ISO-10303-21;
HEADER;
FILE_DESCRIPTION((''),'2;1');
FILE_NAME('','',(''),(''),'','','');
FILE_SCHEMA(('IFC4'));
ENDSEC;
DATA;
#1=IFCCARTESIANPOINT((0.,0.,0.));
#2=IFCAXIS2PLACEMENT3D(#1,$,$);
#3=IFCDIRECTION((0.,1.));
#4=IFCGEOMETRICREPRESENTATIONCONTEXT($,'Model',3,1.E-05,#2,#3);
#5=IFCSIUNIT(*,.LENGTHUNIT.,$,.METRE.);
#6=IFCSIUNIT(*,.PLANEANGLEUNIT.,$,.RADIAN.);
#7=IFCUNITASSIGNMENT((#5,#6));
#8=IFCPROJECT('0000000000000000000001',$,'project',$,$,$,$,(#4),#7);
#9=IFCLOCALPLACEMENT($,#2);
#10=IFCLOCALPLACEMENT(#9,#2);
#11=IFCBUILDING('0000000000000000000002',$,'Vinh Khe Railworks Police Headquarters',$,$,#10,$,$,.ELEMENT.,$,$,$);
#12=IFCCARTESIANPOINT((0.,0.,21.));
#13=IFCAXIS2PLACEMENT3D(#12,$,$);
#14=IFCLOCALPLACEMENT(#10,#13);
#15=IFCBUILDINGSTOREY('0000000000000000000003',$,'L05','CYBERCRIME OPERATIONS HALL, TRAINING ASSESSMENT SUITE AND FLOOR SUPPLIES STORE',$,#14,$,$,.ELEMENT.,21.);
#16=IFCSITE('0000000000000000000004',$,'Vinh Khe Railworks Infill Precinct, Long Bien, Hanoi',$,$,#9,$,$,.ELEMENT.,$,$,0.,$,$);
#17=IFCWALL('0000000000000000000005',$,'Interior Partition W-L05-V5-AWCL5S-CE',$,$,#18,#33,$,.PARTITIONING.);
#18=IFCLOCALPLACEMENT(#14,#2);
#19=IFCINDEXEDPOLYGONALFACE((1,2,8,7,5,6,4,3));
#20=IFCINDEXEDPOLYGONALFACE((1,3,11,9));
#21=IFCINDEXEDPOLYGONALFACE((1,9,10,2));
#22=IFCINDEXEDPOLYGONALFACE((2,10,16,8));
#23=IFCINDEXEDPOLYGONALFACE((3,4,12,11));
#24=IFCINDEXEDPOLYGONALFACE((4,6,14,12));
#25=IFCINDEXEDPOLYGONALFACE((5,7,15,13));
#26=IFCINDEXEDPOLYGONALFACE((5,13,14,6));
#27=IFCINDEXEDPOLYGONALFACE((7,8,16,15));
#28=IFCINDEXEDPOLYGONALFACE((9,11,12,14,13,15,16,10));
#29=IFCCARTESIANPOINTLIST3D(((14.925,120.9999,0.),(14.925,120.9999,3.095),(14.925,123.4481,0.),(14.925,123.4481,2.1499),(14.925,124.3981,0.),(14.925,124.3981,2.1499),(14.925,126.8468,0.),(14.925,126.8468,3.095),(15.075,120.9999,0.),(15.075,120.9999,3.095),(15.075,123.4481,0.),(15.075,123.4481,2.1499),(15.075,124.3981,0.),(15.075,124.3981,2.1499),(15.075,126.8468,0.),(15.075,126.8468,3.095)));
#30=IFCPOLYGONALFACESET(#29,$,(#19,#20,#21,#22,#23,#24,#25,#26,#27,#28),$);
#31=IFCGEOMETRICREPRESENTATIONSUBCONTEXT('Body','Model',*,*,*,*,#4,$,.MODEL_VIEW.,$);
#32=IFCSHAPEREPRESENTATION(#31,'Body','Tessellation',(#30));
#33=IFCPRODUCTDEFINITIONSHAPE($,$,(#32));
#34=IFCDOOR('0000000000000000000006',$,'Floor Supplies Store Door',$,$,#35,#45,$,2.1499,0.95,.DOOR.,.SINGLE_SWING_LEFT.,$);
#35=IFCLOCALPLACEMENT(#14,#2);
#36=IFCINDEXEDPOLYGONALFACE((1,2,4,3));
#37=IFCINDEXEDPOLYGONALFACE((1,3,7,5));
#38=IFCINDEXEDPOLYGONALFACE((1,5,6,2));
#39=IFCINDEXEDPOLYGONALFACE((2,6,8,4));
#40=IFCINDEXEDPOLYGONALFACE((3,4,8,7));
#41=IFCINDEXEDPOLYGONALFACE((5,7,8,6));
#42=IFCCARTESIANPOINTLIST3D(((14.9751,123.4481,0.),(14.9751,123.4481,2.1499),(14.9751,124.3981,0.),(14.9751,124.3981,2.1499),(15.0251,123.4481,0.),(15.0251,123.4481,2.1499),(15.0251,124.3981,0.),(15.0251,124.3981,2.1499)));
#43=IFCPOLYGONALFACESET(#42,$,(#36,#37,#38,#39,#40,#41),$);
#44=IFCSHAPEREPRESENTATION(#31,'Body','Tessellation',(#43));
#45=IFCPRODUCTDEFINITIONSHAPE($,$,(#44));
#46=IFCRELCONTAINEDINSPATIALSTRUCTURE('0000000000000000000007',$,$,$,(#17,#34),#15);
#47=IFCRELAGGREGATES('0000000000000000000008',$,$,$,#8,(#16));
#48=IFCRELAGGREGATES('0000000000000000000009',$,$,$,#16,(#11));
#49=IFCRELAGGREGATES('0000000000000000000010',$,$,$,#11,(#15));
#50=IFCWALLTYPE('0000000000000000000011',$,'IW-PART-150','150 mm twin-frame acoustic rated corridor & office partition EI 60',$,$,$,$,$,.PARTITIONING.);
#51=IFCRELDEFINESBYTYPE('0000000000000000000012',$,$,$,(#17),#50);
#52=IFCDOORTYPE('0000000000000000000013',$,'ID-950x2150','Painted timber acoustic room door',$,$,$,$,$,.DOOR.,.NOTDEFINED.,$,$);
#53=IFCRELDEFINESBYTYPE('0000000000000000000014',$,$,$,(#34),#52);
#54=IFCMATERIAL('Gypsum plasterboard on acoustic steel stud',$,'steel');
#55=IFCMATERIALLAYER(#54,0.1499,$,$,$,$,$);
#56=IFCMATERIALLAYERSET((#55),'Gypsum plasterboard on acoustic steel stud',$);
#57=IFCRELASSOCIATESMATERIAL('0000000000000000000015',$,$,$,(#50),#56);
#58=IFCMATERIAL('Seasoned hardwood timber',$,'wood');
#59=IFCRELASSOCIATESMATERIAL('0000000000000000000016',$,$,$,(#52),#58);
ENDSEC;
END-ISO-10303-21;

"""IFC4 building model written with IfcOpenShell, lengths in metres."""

from ifc_helpers import new_model, si_unit, direction, frame, frame_2d, origin, place, context, subcontext, project, spatial, rectangle, extrude, material, layer, layer_set, type_object, element, fill, save


model = new_model("IFC4")

# Units and contexts
model_context = context("Model", 3, precision=1e-05, world=origin(), true_north=direction((0.0, 1.0)))
body_context = subcontext(model_context, "Body", "Model", "MODEL_VIEW")
ifc_project = project(units=[si_unit("LENGTHUNIT", "METRE"), si_unit("PLANEANGLEUNIT", "RADIAN")], contexts=[model_context])

# Site, building, storey
site_placement = place(None, origin())
site = spatial("IfcSite", under=ifc_project, at=site_placement, Name="Vinh Khe Railworks Infill Precinct, Long Bien, Hanoi", CompositionType="ELEMENT", RefElevation=0.0)
building_placement = place(site_placement, origin())
building = spatial("IfcBuilding", under=site, at=building_placement, Name="Vinh Khe Railworks Police Headquarters", CompositionType="ELEMENT")
storey_placement = place(building_placement, frame((0.0, 0.0, 21.0)))
storey = spatial("IfcBuildingStorey", under=building, at=storey_placement, Name="L05", Description="CYBERCRIME OPERATIONS HALL, TRAINING ASSESSMENT SUITE AND FLOOR SUPPLIES STORE", CompositionType="ELEMENT", Elevation=21.0)

# Wall, opening, door
ifc_material_1 = material(Name="Gypsum plasterboard on acoustic steel stud", Category="steel")
ifc_layer_1 = layer(ifc_material_1, 0.1499)
ifc_layer_set_1 = layer_set([ifc_layer_1], Name="Gypsum plasterboard on acoustic steel stud")
wall_type_1 = type_object("IfcWallType", Name="IW-PART-150", Description="150 mm twin-frame acoustic rated corridor & office partition EI 60", PredefinedType="PARTITIONING", material=ifc_layer_set_1)
ifc_material_2 = material(Name="Seasoned hardwood timber", Category="wood")
door_type = type_object("IfcDoorType", Name="ID-950x2150", Description="Painted timber acoustic room door", OperationType="NOTDEFINED", PredefinedType="DOOR", material=ifc_material_2)
wall_1_placement = place(storey_placement, frame((15.0, 121.0, 0.0), z_axis=(0.0, 0.0, 1.0), x_axis=(0.0, 1.0, 0.0)))
wall_1 = element("IfcWall", 1, at=wall_1_placement, inside=storey, type_object=wall_type_1, Name="Interior Partition W-L05-V5-AWCL5S-CE", PredefinedType="PARTITIONING", context=body_context, shape_type="SweptSolid", body=[
    extrude(rectangle(XDim=5.8469, YDim=0.1499, at=frame_2d((2.9233, 0.0))), origin(), (0.0, 0.0, 1.0), 3.095),
])
opening_1_placement = place(wall_1_placement, frame((2.448, 0.0, 0.0)))
opening_1 = element("IfcOpeningElement", 2, at=opening_1_placement, cuts=wall_1, PredefinedType="OPENING", context=body_context, shape_type="SweptSolid", body=[
    extrude(rectangle(XDim=0.95, YDim=2.1499, at=frame_2d((0.4751, 1.075))), frame((0.0, 0.0898, 0.0), z_axis=(0.0, -1.0, 0.0), x_axis=(1.0, 0.0, 0.0)), (0.0, 0.0, 1.0), 0.1797),
])
door_1_placement = place(opening_1_placement, origin())
door_1 = element("IfcDoor", 3, at=door_1_placement, inside=storey, type_object=door_type, Name="Floor Supplies Store Door", OperationType="SINGLE_SWING_LEFT", OverallHeight=2.1499, OverallWidth=0.95, PredefinedType="DOOR", context=body_context, shape_type="SweptSolid", body=[
    extrude(rectangle(XDim=0.95, YDim=2.1499, at=frame_2d((0.4751, 1.075))), frame((0.0, 0.0249, 0.0), z_axis=(0.0, -1.0, 0.0), x_axis=(1.0, 0.0, 0.0)), (0.0, 0.0, 1.0), 0.05),
])
fill(opening_1, door_1)

save(model, "model.ifc")
